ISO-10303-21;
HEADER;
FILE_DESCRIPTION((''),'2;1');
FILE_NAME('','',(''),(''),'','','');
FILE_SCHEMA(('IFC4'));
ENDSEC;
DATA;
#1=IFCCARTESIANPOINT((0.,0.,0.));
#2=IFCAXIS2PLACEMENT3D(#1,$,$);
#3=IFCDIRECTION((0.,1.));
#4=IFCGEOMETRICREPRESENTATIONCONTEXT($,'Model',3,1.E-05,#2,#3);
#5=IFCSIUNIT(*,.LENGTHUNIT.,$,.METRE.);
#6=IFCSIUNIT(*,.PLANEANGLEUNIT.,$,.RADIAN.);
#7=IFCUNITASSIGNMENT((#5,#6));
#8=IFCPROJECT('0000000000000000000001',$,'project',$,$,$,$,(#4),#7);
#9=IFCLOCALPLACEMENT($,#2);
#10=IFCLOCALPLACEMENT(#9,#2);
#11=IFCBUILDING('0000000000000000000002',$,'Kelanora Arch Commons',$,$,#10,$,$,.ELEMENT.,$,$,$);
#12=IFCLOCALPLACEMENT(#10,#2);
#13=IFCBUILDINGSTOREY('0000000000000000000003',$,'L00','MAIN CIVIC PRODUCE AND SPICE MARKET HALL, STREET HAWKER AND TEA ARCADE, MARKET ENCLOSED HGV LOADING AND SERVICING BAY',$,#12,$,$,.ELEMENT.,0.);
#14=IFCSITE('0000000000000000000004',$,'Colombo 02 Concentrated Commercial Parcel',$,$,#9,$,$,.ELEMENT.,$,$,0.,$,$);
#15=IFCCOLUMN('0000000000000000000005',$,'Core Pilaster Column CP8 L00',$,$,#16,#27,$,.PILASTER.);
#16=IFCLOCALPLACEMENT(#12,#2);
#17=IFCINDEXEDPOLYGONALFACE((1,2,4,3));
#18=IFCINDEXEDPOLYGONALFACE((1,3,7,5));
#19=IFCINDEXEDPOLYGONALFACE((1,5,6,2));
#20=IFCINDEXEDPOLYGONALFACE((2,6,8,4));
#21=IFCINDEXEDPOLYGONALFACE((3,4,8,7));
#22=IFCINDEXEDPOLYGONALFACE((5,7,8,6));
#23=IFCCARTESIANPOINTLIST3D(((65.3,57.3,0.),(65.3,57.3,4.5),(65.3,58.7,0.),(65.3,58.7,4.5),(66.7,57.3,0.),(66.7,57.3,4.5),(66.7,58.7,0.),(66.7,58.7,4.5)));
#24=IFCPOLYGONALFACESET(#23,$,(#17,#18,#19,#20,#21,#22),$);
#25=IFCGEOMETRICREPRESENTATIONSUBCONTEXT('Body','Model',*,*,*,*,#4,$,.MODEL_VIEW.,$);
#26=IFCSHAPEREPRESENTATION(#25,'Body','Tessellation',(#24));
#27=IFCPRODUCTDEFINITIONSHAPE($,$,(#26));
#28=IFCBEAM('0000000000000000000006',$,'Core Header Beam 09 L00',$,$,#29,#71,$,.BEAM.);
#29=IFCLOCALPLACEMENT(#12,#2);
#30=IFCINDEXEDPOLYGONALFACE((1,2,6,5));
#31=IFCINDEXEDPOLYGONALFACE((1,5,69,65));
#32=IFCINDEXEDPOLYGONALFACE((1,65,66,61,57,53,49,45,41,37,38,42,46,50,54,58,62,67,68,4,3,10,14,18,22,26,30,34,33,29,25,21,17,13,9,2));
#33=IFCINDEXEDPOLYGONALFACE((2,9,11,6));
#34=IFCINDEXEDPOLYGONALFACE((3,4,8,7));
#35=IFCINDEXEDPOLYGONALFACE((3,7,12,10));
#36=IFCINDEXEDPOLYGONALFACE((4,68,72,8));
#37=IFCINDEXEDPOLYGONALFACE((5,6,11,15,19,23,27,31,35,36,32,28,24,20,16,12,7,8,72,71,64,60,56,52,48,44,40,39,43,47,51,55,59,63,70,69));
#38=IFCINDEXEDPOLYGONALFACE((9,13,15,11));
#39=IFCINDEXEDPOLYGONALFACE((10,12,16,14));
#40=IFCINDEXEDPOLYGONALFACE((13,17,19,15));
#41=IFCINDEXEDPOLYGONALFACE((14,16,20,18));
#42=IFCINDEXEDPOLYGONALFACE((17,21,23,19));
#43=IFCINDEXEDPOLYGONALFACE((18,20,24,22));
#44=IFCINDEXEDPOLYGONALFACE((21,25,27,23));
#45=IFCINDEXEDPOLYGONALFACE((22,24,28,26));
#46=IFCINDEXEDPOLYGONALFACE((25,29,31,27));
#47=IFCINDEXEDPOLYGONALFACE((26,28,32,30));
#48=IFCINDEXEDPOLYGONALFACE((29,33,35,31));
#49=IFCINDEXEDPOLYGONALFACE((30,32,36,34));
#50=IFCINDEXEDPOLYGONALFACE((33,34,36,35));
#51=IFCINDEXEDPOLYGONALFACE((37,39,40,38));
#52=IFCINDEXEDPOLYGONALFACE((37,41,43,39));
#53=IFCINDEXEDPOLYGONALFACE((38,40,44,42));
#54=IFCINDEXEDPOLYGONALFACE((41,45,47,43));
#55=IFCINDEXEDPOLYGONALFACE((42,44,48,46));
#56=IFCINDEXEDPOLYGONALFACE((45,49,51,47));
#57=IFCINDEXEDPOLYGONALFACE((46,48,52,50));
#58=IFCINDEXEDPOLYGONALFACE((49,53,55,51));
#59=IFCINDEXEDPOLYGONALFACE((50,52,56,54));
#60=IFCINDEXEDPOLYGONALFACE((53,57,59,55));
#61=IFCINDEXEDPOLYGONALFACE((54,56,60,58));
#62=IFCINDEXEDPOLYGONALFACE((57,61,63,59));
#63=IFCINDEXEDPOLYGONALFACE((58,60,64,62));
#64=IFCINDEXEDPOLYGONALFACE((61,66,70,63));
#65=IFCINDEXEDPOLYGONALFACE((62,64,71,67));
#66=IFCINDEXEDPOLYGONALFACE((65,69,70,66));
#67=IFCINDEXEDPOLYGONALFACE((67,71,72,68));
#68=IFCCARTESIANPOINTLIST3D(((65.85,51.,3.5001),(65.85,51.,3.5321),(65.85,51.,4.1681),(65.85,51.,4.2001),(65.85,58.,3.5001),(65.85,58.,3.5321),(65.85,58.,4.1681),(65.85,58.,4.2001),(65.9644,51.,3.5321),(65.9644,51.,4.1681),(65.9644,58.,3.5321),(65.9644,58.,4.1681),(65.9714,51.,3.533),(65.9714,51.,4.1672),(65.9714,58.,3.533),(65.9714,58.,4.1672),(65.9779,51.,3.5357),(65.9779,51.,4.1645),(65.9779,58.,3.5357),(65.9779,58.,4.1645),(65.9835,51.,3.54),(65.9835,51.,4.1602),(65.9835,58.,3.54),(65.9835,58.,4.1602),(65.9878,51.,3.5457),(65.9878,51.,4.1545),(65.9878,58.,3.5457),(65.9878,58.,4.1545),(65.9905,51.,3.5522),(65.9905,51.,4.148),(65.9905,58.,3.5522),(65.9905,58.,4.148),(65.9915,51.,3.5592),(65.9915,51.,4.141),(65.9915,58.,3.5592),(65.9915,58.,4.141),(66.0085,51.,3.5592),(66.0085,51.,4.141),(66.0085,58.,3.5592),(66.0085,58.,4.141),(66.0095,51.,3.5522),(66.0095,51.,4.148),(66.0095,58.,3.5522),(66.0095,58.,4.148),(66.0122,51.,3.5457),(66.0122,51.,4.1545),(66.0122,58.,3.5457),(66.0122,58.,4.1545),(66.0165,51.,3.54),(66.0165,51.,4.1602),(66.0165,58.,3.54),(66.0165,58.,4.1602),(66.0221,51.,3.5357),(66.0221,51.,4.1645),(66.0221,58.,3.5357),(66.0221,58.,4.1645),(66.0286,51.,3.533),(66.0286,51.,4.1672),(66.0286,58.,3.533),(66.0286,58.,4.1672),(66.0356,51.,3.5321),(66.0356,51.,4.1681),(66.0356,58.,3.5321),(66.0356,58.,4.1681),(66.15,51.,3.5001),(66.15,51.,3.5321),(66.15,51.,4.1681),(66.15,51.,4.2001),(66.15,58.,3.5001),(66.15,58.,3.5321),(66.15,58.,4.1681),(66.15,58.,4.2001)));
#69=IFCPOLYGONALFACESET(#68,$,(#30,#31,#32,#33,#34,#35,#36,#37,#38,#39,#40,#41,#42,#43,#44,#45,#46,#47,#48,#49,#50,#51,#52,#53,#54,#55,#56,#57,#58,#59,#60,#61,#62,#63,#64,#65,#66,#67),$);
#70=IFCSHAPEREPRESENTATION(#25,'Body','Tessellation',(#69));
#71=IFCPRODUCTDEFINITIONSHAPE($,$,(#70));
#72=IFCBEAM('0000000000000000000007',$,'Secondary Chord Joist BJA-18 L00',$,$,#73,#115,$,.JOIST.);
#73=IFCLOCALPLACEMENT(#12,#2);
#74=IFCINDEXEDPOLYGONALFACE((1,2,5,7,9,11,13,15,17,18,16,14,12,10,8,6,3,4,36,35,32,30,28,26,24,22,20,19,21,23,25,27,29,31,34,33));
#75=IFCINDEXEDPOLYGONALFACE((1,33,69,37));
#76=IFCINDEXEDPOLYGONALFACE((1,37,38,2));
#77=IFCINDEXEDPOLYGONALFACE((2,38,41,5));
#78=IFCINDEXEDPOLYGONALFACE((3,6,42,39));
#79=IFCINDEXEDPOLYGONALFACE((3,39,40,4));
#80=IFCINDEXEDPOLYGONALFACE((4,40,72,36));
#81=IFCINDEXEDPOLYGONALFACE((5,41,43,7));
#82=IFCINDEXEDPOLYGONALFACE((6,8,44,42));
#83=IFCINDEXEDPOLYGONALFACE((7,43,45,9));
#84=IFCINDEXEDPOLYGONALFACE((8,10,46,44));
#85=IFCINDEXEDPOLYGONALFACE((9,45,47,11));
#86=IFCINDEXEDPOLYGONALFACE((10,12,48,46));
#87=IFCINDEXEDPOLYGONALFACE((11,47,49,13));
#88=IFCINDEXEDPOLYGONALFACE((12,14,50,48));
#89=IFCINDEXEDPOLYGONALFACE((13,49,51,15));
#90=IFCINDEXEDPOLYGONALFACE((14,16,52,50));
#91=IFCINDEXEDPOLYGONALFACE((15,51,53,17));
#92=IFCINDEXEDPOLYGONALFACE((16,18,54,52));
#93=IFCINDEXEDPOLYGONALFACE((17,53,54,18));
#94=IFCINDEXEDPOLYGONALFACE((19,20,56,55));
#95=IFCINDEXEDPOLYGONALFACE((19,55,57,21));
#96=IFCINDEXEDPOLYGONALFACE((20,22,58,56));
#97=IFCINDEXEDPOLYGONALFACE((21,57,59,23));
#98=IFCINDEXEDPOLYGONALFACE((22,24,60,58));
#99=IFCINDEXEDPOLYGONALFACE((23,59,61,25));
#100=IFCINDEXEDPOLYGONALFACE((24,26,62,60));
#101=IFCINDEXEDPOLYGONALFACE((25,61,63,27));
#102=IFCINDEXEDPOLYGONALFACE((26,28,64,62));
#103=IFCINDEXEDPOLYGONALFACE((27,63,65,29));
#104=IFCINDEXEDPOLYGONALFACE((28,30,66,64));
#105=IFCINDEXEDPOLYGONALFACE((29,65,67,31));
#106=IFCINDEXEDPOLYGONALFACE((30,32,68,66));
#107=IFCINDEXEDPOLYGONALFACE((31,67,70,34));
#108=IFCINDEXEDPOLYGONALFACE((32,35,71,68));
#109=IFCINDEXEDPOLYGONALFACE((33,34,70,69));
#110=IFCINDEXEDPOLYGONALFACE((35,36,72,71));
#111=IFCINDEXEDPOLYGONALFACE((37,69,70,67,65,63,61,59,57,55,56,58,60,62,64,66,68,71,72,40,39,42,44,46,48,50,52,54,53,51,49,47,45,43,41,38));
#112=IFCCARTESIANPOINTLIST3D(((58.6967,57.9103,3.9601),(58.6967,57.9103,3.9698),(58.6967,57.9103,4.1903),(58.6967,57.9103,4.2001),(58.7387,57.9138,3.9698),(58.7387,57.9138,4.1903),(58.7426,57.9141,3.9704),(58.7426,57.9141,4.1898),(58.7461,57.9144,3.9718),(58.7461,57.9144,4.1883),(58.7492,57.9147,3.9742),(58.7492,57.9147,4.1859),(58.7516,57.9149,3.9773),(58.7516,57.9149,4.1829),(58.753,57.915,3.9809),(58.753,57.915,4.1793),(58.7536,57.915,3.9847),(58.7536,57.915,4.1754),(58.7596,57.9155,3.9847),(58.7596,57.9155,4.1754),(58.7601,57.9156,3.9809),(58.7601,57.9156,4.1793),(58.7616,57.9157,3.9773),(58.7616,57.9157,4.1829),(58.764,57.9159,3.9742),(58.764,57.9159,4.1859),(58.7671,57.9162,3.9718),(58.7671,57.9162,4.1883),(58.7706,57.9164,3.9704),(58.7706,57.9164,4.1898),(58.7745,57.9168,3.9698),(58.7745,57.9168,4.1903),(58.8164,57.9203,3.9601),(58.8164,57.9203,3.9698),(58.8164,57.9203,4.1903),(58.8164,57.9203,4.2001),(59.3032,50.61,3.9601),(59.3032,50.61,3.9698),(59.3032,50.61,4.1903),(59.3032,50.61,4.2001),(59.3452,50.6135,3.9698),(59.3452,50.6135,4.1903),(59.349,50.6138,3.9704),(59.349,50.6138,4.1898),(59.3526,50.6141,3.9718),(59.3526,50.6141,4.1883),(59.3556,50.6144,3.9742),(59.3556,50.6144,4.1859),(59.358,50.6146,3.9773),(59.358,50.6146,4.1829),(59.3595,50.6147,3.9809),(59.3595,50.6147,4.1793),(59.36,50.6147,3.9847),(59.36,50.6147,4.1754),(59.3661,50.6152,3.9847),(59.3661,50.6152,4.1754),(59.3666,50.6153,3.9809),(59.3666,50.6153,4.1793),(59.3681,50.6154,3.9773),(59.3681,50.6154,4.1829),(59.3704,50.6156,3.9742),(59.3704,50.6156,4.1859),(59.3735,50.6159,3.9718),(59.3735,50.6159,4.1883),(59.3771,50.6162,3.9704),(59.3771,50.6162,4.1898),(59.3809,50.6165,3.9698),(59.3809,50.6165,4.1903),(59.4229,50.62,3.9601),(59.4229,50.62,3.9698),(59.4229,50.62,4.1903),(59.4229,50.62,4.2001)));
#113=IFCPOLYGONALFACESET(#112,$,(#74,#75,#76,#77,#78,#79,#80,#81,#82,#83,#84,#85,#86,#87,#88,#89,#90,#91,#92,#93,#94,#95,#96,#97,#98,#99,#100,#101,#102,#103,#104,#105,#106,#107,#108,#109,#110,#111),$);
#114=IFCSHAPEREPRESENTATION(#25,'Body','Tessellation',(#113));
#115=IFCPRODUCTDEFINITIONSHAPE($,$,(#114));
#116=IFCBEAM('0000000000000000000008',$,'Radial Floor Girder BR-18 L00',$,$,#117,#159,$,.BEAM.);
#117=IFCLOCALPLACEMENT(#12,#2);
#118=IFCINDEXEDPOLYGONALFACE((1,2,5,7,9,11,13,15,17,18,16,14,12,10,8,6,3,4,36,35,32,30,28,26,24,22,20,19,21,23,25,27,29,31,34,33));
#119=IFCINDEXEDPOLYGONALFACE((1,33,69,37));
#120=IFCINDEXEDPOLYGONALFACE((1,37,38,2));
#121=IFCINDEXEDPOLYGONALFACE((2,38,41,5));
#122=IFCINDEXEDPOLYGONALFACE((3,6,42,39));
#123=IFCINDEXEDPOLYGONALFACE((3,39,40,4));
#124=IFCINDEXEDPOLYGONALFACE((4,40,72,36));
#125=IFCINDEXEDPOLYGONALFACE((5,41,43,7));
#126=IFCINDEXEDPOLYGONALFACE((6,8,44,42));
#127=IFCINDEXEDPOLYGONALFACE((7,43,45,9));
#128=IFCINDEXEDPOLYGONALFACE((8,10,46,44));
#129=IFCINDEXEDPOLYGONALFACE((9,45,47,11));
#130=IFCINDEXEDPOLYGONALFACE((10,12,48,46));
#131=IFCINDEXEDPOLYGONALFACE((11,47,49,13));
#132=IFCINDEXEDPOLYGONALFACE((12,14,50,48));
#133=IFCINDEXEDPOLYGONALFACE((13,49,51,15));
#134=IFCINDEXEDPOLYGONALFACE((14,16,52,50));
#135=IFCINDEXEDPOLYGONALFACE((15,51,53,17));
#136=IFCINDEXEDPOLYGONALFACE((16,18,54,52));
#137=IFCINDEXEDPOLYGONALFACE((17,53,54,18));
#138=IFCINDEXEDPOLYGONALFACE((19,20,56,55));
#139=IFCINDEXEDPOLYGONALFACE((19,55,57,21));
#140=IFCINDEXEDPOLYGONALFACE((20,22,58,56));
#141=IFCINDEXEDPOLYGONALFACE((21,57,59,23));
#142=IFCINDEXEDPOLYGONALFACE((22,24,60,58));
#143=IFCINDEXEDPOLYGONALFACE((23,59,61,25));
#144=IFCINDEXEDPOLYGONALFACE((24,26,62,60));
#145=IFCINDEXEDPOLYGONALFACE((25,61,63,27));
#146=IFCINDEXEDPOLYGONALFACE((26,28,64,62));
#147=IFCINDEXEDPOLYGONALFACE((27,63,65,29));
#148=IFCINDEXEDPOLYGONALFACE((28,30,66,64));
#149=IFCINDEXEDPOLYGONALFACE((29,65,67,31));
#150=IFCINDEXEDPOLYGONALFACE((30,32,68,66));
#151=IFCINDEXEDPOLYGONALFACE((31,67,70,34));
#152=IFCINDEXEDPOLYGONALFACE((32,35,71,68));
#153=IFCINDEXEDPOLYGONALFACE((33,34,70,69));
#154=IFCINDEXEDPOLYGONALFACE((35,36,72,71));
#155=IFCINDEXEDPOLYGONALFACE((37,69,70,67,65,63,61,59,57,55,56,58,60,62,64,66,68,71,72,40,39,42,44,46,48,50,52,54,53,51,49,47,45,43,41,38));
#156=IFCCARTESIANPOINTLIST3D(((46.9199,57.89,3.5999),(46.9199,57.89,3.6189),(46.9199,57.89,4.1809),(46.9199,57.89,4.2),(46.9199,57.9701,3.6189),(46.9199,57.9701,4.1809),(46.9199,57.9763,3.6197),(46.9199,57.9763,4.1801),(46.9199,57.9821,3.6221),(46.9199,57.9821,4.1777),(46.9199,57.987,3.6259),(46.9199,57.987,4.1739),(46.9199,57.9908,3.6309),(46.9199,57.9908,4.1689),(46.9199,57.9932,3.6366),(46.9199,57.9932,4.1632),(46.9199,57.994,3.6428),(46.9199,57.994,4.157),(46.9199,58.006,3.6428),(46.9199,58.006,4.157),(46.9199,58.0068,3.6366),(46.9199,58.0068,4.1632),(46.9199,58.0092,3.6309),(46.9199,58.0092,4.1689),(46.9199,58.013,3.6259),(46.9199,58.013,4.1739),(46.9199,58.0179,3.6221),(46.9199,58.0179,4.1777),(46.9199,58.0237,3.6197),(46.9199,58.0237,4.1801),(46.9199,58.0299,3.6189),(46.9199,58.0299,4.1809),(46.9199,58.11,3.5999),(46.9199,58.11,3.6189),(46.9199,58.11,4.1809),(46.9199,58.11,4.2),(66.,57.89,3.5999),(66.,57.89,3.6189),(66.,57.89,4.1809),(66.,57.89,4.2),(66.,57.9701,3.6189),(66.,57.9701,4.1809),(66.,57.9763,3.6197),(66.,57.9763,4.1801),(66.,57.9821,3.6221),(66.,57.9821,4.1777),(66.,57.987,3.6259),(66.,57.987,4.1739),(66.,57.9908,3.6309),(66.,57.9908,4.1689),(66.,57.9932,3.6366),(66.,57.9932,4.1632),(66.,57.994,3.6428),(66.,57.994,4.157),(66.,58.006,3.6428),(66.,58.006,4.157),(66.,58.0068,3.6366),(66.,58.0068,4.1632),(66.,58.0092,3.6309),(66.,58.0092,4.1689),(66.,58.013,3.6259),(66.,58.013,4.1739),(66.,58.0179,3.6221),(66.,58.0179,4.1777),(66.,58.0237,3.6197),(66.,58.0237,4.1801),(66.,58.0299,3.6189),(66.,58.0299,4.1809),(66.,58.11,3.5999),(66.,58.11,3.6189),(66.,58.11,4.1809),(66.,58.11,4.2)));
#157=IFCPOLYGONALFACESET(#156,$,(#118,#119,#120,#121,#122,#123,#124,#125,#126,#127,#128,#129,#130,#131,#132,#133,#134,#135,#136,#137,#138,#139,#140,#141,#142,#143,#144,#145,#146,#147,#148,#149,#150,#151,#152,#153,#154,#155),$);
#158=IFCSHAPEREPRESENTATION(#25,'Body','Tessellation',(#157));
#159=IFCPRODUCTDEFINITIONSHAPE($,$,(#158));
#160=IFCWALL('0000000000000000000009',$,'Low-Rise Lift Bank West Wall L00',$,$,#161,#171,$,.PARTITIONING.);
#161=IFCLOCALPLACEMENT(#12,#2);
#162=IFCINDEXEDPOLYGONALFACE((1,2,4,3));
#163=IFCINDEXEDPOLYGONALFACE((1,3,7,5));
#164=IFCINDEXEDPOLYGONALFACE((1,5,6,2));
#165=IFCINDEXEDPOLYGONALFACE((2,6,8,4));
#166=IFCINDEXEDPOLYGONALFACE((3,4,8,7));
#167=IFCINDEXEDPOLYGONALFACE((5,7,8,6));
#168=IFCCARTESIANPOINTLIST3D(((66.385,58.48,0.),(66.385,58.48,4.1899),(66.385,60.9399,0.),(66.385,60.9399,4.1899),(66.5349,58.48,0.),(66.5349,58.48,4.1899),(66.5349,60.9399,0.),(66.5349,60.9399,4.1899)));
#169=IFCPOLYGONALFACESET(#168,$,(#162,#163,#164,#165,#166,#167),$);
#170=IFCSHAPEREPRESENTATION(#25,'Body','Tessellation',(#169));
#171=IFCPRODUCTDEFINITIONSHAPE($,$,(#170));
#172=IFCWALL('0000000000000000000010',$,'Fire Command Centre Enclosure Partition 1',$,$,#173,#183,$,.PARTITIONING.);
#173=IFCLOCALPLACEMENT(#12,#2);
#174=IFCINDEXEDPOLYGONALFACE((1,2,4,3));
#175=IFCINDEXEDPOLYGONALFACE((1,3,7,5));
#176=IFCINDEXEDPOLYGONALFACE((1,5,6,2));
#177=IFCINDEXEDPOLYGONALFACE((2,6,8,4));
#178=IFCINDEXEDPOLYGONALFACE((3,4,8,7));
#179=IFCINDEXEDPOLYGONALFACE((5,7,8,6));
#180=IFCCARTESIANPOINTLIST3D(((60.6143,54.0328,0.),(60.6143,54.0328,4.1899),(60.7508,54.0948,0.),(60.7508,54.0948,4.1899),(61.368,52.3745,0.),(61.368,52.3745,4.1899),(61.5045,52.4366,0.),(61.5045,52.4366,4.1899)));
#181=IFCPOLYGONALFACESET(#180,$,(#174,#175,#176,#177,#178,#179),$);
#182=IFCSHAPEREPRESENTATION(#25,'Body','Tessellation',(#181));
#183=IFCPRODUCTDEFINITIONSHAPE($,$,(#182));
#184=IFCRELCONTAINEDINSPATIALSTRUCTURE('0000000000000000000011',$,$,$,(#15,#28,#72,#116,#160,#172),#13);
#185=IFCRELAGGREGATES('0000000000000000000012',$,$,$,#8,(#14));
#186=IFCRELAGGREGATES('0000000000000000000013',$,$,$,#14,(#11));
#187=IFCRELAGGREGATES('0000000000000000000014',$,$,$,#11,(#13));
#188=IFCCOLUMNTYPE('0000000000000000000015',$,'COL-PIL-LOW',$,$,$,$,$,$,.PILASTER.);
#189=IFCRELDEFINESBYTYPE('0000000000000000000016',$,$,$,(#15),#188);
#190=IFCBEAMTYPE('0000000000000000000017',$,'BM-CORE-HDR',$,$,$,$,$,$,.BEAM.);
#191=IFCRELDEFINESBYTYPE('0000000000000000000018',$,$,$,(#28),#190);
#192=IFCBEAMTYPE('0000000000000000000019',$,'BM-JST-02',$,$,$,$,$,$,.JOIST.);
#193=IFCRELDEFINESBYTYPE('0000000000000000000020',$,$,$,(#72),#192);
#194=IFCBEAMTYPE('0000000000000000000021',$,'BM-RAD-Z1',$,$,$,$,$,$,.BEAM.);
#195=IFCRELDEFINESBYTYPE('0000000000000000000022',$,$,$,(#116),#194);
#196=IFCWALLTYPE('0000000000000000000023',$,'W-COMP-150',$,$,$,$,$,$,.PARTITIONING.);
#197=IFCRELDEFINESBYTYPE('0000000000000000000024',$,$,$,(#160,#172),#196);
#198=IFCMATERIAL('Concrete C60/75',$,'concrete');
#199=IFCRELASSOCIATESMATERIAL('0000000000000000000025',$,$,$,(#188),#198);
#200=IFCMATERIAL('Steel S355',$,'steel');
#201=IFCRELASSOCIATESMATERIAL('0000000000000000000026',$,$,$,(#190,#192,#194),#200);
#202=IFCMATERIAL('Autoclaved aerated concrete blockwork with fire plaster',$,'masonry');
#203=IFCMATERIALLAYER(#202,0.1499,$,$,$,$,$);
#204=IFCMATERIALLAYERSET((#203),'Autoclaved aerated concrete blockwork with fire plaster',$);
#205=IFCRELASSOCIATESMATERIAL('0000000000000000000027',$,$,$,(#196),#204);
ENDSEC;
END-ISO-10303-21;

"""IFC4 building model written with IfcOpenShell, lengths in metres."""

from ifc_helpers import new_model, si_unit, direction, frame, frame_2d, origin, origin_2d, place, context, subcontext, project, spatial, rectangle, i_section, extrude, material, layer, layer_set, material_profile, profile_set, type_object, element, save


model = new_model("IFC4")

# Units and contexts
model_context = context("Model", 3, precision=1e-05, world=origin(), true_north=direction((0.0, 1.0)))
body_context = subcontext(model_context, "Body", "Model", "MODEL_VIEW")
ifc_project = project(units=[si_unit("LENGTHUNIT", "METRE"), si_unit("PLANEANGLEUNIT", "RADIAN")], contexts=[model_context])

# Site, building, storey
site_placement = place(None, origin())
site = spatial("IfcSite", under=ifc_project, at=site_placement, Name="Colombo 02 Concentrated Commercial Parcel", CompositionType="ELEMENT", RefElevation=0.0)
building_placement = place(site_placement, origin())
building = spatial("IfcBuilding", under=site, at=building_placement, Name="Kelanora Arch Commons", CompositionType="ELEMENT")
storey_placement = place(building_placement, origin())
storey = spatial("IfcBuildingStorey", under=building, at=storey_placement, Name="L00", Description="MAIN CIVIC PRODUCE AND SPICE MARKET HALL, STREET HAWKER AND TEA ARCADE, MARKET ENCLOSED HGV LOADING AND SERVICING BAY", CompositionType="ELEMENT", Elevation=0.0)

# Column
ifc_material_1 = material(Name="Concrete C60/75", Category="concrete")
ifc_material_profile_1 = material_profile(ifc_material_1, rectangle(XDim=1.3999, YDim=1.3999, at=origin_2d()), Name="RC1400x1400")
ifc_profile_set_1 = profile_set([ifc_material_profile_1], Name="Concrete C60/75")
column_type = type_object("IfcColumnType", Name="COL-PIL-LOW", PredefinedType="PILASTER", material=ifc_profile_set_1)
column_placement = place(storey_placement, frame((66.0, 58.0, 0.0), z_axis=(0.0, 0.0, 1.0), x_axis=(1.0, 0.0, 0.0)))
element("IfcColumn", 1, at=column_placement, inside=storey, type_object=column_type, Name="Core Pilaster Column CP8 L00", PredefinedType="PILASTER", context=body_context, shape_type="SweptSolid", body=[
    extrude(rectangle(XDim=1.3999, YDim=1.3999, at=origin_2d()), origin(), (0.0, 0.0, 1.0), 4.5),
])

# Beams
ifc_material_2 = material(Name="Steel S355", Category="steel")
ifc_material_profile_2 = material_profile(ifc_material_2, i_section(OverallWidth=0.3, OverallDepth=0.7, WebThickness=0.0171, FlangeThickness=0.032, FilletRadius=0.0271, at=origin_2d()), Name="HEB700")
ifc_profile_set_2 = profile_set([ifc_material_profile_2], Name="Steel S355")
beam_type_1 = type_object("IfcBeamType", Name="BM-CORE-HDR", PredefinedType="BEAM", material=ifc_profile_set_2)
beam_1_placement = place(storey_placement, frame((66.0, 58.0, 3.8501), z_axis=(0.0, -1.0, 0.0), x_axis=(1.0, 0.0, 0.0)))
element("IfcBeam", 2, at=beam_1_placement, inside=storey, type_object=beam_type_1, Name="Core Header Beam 09 L00", PredefinedType="BEAM", context=body_context, shape_type="SweptSolid", body=[
    extrude(i_section(OverallWidth=0.3, OverallDepth=0.7, WebThickness=0.0171, FlangeThickness=0.032, FilletRadius=0.0271, at=origin_2d()), origin(), (0.0, 0.0, 1.0), 7.0),
])
ifc_material_profile_3 = material_profile(ifc_material_2, i_section(OverallWidth=0.1201, OverallDepth=0.24, WebThickness=0.0061, FlangeThickness=0.0098, FilletRadius=0.0149, at=origin_2d()), Name="IPE240")
ifc_profile_set_3 = profile_set([ifc_material_profile_3], Name="Steel S355")
beam_type_2 = type_object("IfcBeamType", Name="BM-JST-02", PredefinedType="JOIST", material=ifc_profile_set_3)
beam_2_placement = place(storey_placement, frame((58.7566, 57.9153, 4.0801), z_axis=(0.082786, -0.996567, 0.0), x_axis=(0.996567, 0.082786, 0.0)))
element("IfcBeam", 3, at=beam_2_placement, inside=storey, type_object=beam_type_2, Name="Secondary Chord Joist BJA-18 L00", PredefinedType="JOIST", context=body_context, shape_type="SweptSolid", body=[
    extrude(i_section(OverallWidth=0.1201, OverallDepth=0.24, WebThickness=0.0061, FlangeThickness=0.0098, FilletRadius=0.0149, at=origin_2d()), origin(), (0.0, 0.0, 1.0), 7.3254),
])
ifc_material_profile_4 = material_profile(ifc_material_2, i_section(OverallWidth=0.22, OverallDepth=0.6001, WebThickness=0.012, FlangeThickness=0.019, FilletRadius=0.0239, at=origin_2d()), Name="IPE600")
ifc_profile_set_4 = profile_set([ifc_material_profile_4], Name="Steel S355")
beam_type_3 = type_object("IfcBeamType", Name="BM-RAD-Z1", PredefinedType="BEAM", material=ifc_profile_set_4)
beam_3_placement = place(storey_placement, frame((66.0, 58.0, 3.8999), z_axis=(-1.0, 0.0, 0.0), x_axis=(0.0, -1.0, 0.0)))
element("IfcBeam", 4, at=beam_3_placement, inside=storey, type_object=beam_type_3, Name="Radial Floor Girder BR-18 L00", PredefinedType="BEAM", context=body_context, shape_type="SweptSolid", body=[
    extrude(i_section(OverallWidth=0.22, OverallDepth=0.6001, WebThickness=0.012, FlangeThickness=0.019, FilletRadius=0.0239, at=origin_2d()), origin(), (0.0, 0.0, 1.0), 19.0801),
])

# Walls
ifc_material_3 = material(Name="Autoclaved aerated concrete blockwork with fire plaster", Category="masonry")
ifc_layer_1 = layer(ifc_material_3, 0.1499)
ifc_layer_set_1 = layer_set([ifc_layer_1], Name="Autoclaved aerated concrete blockwork with fire plaster")
wall_type_1 = type_object("IfcWallType", Name="W-COMP-150", PredefinedType="PARTITIONING", material=ifc_layer_set_1)
wall_1_placement = place(storey_placement, frame((66.46, 58.48, 0.0), z_axis=(0.0, 0.0, 1.0), x_axis=(0.0, 1.0, 0.0)))
element("IfcWall", 5, at=wall_1_placement, inside=storey, type_object=wall_type_1, Name="Low-Rise Lift Bank West Wall L00", PredefinedType="PARTITIONING", context=body_context, shape_type="SweptSolid", body=[
    extrude(rectangle(XDim=2.46, YDim=0.1499, at=frame_2d((1.23, 0.0))), origin(), (0.0, 0.0, 1.0), 4.1899),
])
wall_2_placement = place(storey_placement, frame((60.6826, 54.0637, 0.0), z_axis=(0.0, 0.0, 1.0), x_axis=(0.413773, -0.91038, 0.0)))
element("IfcWall", 6, at=wall_2_placement, inside=storey, type_object=wall_type_1, Name="Fire Command Centre Enclosure Partition 1", PredefinedType="PARTITIONING", context=body_context, shape_type="SweptSolid", body=[
    extrude(rectangle(XDim=1.8215, YDim=0.1499, at=frame_2d((0.9106, 0.0))), origin(), (0.0, 0.0, 1.0), 4.1899),
])

save(model, "model.ifc")
